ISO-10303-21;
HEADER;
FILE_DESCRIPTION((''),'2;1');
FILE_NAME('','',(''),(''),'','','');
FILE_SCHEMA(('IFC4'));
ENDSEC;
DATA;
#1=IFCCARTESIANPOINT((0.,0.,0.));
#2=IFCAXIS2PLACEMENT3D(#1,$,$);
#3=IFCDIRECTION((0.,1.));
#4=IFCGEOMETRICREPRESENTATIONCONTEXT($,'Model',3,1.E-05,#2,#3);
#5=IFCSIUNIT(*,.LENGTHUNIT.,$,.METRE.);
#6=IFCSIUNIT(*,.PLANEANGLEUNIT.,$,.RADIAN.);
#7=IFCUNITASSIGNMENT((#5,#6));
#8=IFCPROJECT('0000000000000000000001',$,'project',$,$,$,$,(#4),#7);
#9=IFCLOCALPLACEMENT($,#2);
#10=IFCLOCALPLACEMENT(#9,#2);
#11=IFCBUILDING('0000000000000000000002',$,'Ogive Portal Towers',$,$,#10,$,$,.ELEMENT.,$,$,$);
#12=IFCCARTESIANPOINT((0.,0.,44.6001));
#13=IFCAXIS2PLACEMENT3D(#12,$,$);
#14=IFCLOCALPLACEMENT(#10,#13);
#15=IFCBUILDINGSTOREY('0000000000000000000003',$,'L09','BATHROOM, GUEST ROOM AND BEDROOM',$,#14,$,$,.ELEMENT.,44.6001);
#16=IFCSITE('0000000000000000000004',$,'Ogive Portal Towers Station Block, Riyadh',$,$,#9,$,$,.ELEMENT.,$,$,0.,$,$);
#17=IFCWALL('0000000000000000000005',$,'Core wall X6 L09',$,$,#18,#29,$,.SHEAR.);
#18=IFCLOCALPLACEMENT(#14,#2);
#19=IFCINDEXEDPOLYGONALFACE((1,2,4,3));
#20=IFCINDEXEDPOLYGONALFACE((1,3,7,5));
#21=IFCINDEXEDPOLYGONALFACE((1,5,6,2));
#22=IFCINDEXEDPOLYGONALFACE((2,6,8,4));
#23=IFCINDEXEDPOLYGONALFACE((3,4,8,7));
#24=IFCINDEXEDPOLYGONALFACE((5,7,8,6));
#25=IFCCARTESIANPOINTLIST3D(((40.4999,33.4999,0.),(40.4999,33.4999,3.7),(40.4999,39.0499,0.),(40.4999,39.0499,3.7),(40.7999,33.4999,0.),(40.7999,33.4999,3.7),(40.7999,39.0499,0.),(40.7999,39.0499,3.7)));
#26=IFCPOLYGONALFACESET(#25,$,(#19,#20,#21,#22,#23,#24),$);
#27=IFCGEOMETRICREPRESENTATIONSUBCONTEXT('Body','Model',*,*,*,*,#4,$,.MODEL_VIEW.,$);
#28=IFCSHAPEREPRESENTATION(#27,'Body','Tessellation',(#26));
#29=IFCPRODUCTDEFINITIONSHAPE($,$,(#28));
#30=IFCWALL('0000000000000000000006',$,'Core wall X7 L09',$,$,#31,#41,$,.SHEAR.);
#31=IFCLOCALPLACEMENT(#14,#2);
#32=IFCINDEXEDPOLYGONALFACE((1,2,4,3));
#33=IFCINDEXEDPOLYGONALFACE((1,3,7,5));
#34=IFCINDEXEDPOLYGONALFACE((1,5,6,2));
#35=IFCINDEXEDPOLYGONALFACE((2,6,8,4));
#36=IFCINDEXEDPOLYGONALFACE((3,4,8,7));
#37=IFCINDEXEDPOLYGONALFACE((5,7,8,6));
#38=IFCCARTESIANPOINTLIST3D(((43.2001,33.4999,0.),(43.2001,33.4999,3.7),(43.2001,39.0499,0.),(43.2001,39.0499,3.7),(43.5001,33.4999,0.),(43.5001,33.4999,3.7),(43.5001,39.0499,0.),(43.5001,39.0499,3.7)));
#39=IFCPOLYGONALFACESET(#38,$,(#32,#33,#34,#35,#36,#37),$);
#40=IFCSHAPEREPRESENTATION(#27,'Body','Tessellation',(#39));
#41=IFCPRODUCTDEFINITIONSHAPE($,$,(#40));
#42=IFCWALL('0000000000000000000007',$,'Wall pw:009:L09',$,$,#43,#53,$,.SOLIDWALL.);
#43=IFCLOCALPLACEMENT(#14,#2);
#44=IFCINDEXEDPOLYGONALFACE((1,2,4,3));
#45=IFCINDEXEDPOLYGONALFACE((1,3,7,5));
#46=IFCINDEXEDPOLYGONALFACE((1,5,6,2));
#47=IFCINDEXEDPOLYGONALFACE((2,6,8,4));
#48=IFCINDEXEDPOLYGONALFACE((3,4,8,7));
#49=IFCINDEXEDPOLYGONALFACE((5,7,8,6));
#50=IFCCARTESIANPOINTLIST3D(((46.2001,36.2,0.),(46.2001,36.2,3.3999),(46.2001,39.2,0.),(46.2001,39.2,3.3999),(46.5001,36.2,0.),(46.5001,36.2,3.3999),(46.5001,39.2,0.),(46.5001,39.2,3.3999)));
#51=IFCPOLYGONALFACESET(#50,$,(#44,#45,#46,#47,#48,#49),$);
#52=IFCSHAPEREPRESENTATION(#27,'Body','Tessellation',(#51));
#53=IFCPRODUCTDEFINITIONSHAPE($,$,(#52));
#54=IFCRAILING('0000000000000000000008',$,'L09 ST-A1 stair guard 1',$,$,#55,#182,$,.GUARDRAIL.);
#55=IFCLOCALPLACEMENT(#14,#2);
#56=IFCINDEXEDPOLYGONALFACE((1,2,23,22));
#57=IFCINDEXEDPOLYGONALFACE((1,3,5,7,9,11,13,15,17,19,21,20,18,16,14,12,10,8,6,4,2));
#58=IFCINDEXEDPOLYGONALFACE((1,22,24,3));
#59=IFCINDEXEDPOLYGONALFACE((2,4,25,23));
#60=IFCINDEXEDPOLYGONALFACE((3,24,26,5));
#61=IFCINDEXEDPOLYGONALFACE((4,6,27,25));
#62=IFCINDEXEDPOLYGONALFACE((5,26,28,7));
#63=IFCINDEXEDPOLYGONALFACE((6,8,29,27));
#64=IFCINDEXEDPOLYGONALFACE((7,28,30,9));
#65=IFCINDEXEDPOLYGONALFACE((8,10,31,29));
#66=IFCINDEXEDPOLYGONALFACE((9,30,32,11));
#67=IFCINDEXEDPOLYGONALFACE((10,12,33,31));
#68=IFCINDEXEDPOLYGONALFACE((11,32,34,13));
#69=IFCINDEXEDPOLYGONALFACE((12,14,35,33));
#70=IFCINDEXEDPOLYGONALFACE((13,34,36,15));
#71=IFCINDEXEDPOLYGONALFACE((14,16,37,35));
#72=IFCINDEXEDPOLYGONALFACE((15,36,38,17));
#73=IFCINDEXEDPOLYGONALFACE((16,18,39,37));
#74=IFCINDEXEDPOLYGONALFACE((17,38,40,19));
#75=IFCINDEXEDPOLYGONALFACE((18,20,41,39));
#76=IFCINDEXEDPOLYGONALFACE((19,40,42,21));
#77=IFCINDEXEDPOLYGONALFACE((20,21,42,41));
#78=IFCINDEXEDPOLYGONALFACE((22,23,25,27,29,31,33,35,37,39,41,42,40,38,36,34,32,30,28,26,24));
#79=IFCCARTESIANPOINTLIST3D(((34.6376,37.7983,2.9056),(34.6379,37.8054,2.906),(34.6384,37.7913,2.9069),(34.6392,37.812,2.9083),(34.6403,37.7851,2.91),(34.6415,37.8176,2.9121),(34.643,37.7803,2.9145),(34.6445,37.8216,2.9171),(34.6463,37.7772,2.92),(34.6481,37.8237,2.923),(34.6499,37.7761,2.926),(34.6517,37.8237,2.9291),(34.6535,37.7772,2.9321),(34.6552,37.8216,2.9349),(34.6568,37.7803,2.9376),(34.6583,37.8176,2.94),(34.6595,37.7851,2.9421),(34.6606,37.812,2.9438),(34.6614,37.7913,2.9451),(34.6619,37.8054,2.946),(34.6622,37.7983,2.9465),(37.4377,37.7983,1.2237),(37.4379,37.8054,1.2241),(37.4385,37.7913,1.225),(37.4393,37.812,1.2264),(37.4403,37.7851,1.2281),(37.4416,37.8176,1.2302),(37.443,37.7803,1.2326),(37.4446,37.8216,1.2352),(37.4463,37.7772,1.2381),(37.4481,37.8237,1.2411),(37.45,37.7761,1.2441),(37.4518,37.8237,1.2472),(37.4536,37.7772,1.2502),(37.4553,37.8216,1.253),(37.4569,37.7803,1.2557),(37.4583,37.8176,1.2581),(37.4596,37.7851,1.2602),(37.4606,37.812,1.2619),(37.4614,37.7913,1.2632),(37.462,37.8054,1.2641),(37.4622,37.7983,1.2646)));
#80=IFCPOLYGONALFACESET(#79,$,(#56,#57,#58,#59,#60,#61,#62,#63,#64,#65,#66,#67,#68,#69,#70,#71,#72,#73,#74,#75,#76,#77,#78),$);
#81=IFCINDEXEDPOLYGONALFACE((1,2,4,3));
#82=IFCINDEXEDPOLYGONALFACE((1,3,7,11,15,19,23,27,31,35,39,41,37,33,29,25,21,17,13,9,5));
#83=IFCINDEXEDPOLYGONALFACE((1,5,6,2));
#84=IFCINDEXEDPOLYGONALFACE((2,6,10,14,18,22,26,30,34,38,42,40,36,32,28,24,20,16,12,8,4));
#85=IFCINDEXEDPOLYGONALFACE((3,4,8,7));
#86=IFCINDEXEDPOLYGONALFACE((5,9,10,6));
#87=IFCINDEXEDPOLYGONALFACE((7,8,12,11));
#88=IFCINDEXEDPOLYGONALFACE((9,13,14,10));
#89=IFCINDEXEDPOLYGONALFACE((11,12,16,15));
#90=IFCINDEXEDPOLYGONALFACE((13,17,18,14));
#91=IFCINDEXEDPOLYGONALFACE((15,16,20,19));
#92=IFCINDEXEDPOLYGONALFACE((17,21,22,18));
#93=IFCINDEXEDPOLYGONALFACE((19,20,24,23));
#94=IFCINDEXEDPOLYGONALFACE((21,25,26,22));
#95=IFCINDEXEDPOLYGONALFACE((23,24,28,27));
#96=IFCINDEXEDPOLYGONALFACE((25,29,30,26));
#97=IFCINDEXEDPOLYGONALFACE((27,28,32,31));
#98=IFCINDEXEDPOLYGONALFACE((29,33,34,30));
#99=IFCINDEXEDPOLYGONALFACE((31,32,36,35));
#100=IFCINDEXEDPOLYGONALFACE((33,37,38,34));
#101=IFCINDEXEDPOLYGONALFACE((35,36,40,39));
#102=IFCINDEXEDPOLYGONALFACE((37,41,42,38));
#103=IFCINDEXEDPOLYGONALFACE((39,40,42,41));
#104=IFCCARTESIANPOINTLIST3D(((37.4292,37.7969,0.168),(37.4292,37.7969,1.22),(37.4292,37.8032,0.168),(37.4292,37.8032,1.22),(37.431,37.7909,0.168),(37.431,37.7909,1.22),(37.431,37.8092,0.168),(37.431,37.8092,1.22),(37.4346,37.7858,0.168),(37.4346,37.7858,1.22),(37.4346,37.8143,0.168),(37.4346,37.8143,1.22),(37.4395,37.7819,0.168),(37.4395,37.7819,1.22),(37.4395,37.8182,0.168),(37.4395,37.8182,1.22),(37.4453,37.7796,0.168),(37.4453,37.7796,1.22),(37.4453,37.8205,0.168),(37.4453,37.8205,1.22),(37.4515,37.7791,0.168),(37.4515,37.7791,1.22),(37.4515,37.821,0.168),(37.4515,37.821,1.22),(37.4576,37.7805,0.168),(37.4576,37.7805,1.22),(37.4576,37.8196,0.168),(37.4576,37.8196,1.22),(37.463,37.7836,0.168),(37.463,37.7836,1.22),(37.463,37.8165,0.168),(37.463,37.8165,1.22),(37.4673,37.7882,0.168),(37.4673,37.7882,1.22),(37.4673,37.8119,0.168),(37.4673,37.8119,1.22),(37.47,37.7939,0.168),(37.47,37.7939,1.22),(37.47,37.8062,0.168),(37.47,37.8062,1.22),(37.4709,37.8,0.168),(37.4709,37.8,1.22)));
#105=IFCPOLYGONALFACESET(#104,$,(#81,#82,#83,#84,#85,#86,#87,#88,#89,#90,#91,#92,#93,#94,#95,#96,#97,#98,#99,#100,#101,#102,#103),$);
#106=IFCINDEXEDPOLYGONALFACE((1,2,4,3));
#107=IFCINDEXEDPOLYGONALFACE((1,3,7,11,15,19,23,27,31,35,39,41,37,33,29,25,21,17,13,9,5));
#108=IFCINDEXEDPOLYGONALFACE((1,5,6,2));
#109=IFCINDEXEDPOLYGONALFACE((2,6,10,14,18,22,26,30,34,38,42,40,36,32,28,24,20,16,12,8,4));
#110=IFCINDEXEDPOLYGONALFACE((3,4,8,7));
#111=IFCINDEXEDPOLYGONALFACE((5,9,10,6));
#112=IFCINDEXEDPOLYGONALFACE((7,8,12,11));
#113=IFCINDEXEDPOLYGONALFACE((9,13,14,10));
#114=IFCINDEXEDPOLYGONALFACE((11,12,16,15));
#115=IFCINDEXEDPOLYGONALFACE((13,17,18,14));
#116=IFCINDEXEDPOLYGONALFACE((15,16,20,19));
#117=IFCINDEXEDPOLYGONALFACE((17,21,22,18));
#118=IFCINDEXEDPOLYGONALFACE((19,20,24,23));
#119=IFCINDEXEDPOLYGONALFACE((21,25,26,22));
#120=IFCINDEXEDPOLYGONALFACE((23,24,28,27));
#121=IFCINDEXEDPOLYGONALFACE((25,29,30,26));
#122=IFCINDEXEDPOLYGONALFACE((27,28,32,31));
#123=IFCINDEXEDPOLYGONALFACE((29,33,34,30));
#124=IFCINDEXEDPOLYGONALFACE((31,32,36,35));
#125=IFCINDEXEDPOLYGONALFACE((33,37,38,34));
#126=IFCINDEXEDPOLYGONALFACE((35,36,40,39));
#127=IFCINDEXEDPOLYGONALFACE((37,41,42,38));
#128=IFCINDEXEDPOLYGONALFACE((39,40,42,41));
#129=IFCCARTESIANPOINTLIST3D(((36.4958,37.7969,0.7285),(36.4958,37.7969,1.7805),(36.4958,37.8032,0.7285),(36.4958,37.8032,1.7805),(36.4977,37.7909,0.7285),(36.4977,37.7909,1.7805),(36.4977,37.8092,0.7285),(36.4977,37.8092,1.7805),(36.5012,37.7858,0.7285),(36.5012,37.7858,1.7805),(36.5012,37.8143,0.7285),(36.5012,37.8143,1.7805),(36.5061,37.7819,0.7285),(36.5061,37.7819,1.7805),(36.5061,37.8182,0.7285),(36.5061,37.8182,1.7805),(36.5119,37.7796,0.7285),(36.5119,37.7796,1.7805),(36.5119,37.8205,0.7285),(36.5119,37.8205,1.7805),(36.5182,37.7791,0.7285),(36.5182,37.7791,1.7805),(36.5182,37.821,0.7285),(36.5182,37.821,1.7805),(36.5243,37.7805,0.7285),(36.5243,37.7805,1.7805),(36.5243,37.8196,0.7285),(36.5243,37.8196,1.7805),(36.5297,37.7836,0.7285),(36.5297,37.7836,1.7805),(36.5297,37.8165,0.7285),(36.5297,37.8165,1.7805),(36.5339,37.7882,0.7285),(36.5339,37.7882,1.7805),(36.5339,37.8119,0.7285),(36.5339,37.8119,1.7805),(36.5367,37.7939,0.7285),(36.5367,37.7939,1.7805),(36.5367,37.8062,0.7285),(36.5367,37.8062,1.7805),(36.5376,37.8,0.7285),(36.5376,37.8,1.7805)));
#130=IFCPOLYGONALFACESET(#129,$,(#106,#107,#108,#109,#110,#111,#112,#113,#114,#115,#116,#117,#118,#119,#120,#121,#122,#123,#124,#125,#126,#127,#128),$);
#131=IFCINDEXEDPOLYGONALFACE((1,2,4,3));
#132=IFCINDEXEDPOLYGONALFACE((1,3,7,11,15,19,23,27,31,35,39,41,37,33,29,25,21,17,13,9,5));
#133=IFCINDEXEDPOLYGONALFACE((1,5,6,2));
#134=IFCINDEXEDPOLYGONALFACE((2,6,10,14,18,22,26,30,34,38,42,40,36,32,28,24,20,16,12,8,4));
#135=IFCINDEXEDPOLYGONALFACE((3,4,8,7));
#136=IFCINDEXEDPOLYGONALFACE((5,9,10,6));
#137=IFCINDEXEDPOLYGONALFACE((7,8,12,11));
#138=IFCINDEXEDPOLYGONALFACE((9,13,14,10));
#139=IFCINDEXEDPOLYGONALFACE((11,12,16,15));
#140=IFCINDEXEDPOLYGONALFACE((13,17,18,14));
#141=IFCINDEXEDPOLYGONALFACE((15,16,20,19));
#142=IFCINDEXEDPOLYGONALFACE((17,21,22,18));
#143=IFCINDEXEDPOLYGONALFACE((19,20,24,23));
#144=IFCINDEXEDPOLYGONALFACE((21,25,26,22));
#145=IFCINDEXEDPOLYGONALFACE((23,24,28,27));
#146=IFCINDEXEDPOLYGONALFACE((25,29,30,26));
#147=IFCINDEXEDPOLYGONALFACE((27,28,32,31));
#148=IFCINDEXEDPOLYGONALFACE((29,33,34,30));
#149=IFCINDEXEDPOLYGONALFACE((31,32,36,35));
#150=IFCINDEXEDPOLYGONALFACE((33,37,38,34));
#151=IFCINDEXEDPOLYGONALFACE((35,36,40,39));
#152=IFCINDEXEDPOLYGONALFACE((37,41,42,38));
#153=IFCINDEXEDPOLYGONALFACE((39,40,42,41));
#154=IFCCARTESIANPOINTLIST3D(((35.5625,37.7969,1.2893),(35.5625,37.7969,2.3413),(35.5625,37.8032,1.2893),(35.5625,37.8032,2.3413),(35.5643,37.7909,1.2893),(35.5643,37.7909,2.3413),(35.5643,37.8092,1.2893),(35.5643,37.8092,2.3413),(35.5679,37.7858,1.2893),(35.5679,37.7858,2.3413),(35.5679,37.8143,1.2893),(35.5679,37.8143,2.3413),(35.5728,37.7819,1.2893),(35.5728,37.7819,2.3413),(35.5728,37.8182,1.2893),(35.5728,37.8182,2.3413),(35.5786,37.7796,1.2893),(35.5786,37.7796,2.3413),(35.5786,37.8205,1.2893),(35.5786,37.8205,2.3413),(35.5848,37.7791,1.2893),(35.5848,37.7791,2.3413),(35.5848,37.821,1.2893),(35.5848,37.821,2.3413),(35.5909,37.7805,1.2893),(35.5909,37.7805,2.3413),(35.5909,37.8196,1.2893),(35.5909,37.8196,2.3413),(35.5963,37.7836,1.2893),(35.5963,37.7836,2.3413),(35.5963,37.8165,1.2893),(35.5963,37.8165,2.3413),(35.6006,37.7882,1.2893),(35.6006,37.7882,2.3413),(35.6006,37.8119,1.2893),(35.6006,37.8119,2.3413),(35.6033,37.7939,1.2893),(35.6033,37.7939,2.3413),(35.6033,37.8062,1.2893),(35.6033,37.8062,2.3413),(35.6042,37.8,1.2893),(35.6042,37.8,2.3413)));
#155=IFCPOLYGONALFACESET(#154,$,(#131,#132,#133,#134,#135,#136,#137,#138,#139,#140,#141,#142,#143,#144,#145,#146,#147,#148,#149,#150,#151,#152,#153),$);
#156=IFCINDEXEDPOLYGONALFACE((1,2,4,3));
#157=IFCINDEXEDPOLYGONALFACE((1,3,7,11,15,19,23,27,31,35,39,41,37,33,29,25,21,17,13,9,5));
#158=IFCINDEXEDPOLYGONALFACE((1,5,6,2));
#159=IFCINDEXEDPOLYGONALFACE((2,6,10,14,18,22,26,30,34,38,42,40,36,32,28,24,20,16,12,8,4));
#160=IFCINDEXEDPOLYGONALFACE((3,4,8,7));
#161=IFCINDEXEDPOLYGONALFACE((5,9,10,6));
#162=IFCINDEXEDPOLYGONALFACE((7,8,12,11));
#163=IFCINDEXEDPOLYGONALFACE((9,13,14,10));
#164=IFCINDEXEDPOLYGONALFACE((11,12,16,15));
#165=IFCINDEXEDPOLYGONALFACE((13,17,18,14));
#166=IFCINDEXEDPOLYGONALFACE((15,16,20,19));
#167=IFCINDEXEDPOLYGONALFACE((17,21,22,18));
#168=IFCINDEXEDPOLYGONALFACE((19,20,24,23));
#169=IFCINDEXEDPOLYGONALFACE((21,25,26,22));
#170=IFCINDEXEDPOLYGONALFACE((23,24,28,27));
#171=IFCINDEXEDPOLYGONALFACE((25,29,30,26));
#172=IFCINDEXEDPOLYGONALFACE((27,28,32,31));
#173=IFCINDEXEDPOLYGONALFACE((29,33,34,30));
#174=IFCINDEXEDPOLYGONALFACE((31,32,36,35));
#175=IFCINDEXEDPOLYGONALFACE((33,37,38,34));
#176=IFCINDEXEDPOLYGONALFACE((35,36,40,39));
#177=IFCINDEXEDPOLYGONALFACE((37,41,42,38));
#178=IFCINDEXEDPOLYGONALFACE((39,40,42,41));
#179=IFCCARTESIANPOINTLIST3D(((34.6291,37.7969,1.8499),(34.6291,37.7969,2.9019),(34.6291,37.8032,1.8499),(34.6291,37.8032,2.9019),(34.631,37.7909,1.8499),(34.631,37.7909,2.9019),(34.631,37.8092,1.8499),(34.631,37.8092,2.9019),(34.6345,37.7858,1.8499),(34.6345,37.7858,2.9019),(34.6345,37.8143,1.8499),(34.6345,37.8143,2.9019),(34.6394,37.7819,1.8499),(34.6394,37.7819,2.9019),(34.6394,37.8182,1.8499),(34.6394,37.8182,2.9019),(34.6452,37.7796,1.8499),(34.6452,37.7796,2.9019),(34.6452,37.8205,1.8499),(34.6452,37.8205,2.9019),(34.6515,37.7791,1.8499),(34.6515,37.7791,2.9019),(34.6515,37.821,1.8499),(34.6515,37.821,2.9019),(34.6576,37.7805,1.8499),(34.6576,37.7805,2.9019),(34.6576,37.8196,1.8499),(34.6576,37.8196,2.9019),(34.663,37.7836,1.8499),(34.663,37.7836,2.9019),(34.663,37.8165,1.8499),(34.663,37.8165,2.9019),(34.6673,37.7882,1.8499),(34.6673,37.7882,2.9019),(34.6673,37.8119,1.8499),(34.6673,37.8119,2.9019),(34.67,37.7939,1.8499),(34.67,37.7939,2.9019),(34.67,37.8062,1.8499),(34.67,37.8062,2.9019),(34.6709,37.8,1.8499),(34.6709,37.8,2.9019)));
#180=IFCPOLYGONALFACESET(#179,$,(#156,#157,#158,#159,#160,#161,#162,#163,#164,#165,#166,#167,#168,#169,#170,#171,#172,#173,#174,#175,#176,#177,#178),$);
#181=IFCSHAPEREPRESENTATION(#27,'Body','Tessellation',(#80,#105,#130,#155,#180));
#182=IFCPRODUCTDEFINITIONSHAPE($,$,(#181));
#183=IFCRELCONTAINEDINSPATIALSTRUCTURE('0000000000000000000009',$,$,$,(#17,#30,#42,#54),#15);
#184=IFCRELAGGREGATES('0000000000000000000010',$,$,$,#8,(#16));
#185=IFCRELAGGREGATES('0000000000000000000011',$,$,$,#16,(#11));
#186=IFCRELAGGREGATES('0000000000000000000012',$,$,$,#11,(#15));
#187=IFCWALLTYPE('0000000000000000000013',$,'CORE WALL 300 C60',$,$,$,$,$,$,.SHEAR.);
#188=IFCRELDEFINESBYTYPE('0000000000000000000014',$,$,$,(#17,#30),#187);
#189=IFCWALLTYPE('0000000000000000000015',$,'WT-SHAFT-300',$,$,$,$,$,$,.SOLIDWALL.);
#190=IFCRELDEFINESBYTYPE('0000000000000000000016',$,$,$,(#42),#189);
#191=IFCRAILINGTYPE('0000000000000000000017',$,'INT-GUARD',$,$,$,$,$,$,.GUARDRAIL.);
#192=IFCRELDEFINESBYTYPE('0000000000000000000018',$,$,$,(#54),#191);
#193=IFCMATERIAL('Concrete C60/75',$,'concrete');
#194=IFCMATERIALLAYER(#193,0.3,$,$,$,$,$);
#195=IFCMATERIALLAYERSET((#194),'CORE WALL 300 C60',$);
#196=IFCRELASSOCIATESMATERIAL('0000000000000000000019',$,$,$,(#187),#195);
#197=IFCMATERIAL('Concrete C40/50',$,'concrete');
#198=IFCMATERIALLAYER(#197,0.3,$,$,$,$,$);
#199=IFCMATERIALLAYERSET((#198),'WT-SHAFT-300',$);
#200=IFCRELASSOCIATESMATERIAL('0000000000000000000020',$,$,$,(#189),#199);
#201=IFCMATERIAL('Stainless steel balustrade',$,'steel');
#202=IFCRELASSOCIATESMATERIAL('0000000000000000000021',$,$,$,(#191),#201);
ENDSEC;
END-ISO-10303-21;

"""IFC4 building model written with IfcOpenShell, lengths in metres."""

from ifc_helpers import new_model, si_unit, direction, frame, frame_2d, origin, origin_2d, place, context, subcontext, project, spatial, rectangle, circle, extrude, material, layer, layer_set, type_object, element, save


model = new_model("IFC4")

# Units and contexts
model_context = context("Model", 3, precision=1e-05, world=origin(), true_north=direction((0.0, 1.0)))
body_context = subcontext(model_context, "Body", "Model", "MODEL_VIEW")
ifc_project = project(units=[si_unit("LENGTHUNIT", "METRE"), si_unit("PLANEANGLEUNIT", "RADIAN")], contexts=[model_context])

# Site, building, storey
site_placement = place(None, origin())
site = spatial("IfcSite", under=ifc_project, at=site_placement, Name="Ogive Portal Towers Station Block, Riyadh", CompositionType="ELEMENT", RefElevation=0.0)
building_placement = place(site_placement, origin())
building = spatial("IfcBuilding", under=site, at=building_placement, Name="Ogive Portal Towers", CompositionType="ELEMENT")
storey_placement = place(building_placement, frame((0.0, 0.0, 44.6001)))
storey = spatial("IfcBuildingStorey", under=building, at=storey_placement, Name="L09", Description="BATHROOM, GUEST ROOM AND BEDROOM", CompositionType="ELEMENT", Elevation=44.6001)

# Shared definitions
ifc_material_1 = material(Name="Concrete C40/50", Category="concrete")

# Shared definitions
ifc_material_2 = material(Name="Concrete C60/75", Category="concrete")
ifc_layer_1 = layer(ifc_material_2, 0.3)
ifc_layer_set_1 = layer_set([ifc_layer_1], Name="CORE WALL 300 C60")
wall_type_1 = type_object("IfcWallType", Name="CORE WALL 300 C60", PredefinedType="SHEAR", material=ifc_layer_set_1)

# Walls
for number, where, z_axis, x_axis, name in (
    (1, (40.6499, 33.5, 0.0), (0.0, 0.0, 1.0), (0.0, 1.0, 0.0), "Core wall X6 L09"),
    (2, (43.3501, 33.5, 0.0), (0.0, 0.0, 1.0), (0.0, 1.0, 0.0), "Core wall X7 L09"),
):
    element("IfcWall", number, at=place(storey_placement, frame(where, z_axis=z_axis, x_axis=x_axis)), inside=storey, type_object=wall_type_1, Name=name, PredefinedType="SHEAR", context=body_context, shape_type="SweptSolid", body=[
        extrude(rectangle(XDim=5.55, YDim=0.3, at=frame_2d((2.7749, 0.0))), origin(), (0.0, 0.0, 1.0), 3.7),
    ])

# Wall
ifc_layer_2 = layer(ifc_material_1, 0.3)
ifc_layer_set_2 = layer_set([ifc_layer_2], Name="WT-SHAFT-300")
wall_type_2 = type_object("IfcWallType", Name="WT-SHAFT-300", PredefinedType="SOLIDWALL", material=ifc_layer_set_2)
wall_1_placement = place(storey_placement, frame((46.3501, 36.2, 0.0), z_axis=(0.0, 0.0, 1.0), x_axis=(0.0, 1.0, 0.0)))
element("IfcWall", 3, at=wall_1_placement, inside=storey, type_object=wall_type_2, Name="Wall pw:009:L09", PredefinedType="SOLIDWALL", context=body_context, shape_type="SweptSolid", body=[
    extrude(rectangle(XDim=3.0, YDim=0.3, at=frame_2d((1.5, 0.0))), origin(), (0.0, 0.0, 1.0), 3.3999),
])

# Railing
ifc_material_3 = material(Name="Stainless steel balustrade", Category="steel")
railing_type_1 = type_object("IfcRailingType", Name="INT-GUARD", PredefinedType="GUARDRAIL", material=ifc_material_3)
railing_1_placement = place(storey_placement, frame((37.45, 37.8, 0.168)))
element("IfcRailing", 4, at=railing_1_placement, inside=storey, type_object=railing_type_1, Name="L09 ST-A1 stair guard 1", PredefinedType="GUARDRAIL", context=body_context, shape_type="SweptSolid", body=[
    extrude(circle(Radius=0.0239, at=origin_2d()), frame((0.0, 0.0, 1.0762), z_axis=(-0.857242, 0.0, 0.514913), x_axis=(0.0, -1.0, 0.0)), (0.0, 0.0, 1.0), 3.2664),
    extrude(circle(Radius=0.021, at=origin_2d()), origin(), (0.0, 0.0, 1.0), 1.052),
    extrude(circle(Radius=0.021, at=origin_2d()), frame((-0.9333, 0.0, 0.5605)), (0.0, 0.0, 1.0), 1.052),
    extrude(circle(Radius=0.021, at=origin_2d()), frame((-1.8667, 0.0, 1.1213)), (0.0, 0.0, 1.0), 1.052),
    extrude(circle(Radius=0.021, at=origin_2d()), frame((-2.8, 0.0, 1.6819)), (0.0, 0.0, 1.0), 1.052),
])

save(model, "model.ifc")
